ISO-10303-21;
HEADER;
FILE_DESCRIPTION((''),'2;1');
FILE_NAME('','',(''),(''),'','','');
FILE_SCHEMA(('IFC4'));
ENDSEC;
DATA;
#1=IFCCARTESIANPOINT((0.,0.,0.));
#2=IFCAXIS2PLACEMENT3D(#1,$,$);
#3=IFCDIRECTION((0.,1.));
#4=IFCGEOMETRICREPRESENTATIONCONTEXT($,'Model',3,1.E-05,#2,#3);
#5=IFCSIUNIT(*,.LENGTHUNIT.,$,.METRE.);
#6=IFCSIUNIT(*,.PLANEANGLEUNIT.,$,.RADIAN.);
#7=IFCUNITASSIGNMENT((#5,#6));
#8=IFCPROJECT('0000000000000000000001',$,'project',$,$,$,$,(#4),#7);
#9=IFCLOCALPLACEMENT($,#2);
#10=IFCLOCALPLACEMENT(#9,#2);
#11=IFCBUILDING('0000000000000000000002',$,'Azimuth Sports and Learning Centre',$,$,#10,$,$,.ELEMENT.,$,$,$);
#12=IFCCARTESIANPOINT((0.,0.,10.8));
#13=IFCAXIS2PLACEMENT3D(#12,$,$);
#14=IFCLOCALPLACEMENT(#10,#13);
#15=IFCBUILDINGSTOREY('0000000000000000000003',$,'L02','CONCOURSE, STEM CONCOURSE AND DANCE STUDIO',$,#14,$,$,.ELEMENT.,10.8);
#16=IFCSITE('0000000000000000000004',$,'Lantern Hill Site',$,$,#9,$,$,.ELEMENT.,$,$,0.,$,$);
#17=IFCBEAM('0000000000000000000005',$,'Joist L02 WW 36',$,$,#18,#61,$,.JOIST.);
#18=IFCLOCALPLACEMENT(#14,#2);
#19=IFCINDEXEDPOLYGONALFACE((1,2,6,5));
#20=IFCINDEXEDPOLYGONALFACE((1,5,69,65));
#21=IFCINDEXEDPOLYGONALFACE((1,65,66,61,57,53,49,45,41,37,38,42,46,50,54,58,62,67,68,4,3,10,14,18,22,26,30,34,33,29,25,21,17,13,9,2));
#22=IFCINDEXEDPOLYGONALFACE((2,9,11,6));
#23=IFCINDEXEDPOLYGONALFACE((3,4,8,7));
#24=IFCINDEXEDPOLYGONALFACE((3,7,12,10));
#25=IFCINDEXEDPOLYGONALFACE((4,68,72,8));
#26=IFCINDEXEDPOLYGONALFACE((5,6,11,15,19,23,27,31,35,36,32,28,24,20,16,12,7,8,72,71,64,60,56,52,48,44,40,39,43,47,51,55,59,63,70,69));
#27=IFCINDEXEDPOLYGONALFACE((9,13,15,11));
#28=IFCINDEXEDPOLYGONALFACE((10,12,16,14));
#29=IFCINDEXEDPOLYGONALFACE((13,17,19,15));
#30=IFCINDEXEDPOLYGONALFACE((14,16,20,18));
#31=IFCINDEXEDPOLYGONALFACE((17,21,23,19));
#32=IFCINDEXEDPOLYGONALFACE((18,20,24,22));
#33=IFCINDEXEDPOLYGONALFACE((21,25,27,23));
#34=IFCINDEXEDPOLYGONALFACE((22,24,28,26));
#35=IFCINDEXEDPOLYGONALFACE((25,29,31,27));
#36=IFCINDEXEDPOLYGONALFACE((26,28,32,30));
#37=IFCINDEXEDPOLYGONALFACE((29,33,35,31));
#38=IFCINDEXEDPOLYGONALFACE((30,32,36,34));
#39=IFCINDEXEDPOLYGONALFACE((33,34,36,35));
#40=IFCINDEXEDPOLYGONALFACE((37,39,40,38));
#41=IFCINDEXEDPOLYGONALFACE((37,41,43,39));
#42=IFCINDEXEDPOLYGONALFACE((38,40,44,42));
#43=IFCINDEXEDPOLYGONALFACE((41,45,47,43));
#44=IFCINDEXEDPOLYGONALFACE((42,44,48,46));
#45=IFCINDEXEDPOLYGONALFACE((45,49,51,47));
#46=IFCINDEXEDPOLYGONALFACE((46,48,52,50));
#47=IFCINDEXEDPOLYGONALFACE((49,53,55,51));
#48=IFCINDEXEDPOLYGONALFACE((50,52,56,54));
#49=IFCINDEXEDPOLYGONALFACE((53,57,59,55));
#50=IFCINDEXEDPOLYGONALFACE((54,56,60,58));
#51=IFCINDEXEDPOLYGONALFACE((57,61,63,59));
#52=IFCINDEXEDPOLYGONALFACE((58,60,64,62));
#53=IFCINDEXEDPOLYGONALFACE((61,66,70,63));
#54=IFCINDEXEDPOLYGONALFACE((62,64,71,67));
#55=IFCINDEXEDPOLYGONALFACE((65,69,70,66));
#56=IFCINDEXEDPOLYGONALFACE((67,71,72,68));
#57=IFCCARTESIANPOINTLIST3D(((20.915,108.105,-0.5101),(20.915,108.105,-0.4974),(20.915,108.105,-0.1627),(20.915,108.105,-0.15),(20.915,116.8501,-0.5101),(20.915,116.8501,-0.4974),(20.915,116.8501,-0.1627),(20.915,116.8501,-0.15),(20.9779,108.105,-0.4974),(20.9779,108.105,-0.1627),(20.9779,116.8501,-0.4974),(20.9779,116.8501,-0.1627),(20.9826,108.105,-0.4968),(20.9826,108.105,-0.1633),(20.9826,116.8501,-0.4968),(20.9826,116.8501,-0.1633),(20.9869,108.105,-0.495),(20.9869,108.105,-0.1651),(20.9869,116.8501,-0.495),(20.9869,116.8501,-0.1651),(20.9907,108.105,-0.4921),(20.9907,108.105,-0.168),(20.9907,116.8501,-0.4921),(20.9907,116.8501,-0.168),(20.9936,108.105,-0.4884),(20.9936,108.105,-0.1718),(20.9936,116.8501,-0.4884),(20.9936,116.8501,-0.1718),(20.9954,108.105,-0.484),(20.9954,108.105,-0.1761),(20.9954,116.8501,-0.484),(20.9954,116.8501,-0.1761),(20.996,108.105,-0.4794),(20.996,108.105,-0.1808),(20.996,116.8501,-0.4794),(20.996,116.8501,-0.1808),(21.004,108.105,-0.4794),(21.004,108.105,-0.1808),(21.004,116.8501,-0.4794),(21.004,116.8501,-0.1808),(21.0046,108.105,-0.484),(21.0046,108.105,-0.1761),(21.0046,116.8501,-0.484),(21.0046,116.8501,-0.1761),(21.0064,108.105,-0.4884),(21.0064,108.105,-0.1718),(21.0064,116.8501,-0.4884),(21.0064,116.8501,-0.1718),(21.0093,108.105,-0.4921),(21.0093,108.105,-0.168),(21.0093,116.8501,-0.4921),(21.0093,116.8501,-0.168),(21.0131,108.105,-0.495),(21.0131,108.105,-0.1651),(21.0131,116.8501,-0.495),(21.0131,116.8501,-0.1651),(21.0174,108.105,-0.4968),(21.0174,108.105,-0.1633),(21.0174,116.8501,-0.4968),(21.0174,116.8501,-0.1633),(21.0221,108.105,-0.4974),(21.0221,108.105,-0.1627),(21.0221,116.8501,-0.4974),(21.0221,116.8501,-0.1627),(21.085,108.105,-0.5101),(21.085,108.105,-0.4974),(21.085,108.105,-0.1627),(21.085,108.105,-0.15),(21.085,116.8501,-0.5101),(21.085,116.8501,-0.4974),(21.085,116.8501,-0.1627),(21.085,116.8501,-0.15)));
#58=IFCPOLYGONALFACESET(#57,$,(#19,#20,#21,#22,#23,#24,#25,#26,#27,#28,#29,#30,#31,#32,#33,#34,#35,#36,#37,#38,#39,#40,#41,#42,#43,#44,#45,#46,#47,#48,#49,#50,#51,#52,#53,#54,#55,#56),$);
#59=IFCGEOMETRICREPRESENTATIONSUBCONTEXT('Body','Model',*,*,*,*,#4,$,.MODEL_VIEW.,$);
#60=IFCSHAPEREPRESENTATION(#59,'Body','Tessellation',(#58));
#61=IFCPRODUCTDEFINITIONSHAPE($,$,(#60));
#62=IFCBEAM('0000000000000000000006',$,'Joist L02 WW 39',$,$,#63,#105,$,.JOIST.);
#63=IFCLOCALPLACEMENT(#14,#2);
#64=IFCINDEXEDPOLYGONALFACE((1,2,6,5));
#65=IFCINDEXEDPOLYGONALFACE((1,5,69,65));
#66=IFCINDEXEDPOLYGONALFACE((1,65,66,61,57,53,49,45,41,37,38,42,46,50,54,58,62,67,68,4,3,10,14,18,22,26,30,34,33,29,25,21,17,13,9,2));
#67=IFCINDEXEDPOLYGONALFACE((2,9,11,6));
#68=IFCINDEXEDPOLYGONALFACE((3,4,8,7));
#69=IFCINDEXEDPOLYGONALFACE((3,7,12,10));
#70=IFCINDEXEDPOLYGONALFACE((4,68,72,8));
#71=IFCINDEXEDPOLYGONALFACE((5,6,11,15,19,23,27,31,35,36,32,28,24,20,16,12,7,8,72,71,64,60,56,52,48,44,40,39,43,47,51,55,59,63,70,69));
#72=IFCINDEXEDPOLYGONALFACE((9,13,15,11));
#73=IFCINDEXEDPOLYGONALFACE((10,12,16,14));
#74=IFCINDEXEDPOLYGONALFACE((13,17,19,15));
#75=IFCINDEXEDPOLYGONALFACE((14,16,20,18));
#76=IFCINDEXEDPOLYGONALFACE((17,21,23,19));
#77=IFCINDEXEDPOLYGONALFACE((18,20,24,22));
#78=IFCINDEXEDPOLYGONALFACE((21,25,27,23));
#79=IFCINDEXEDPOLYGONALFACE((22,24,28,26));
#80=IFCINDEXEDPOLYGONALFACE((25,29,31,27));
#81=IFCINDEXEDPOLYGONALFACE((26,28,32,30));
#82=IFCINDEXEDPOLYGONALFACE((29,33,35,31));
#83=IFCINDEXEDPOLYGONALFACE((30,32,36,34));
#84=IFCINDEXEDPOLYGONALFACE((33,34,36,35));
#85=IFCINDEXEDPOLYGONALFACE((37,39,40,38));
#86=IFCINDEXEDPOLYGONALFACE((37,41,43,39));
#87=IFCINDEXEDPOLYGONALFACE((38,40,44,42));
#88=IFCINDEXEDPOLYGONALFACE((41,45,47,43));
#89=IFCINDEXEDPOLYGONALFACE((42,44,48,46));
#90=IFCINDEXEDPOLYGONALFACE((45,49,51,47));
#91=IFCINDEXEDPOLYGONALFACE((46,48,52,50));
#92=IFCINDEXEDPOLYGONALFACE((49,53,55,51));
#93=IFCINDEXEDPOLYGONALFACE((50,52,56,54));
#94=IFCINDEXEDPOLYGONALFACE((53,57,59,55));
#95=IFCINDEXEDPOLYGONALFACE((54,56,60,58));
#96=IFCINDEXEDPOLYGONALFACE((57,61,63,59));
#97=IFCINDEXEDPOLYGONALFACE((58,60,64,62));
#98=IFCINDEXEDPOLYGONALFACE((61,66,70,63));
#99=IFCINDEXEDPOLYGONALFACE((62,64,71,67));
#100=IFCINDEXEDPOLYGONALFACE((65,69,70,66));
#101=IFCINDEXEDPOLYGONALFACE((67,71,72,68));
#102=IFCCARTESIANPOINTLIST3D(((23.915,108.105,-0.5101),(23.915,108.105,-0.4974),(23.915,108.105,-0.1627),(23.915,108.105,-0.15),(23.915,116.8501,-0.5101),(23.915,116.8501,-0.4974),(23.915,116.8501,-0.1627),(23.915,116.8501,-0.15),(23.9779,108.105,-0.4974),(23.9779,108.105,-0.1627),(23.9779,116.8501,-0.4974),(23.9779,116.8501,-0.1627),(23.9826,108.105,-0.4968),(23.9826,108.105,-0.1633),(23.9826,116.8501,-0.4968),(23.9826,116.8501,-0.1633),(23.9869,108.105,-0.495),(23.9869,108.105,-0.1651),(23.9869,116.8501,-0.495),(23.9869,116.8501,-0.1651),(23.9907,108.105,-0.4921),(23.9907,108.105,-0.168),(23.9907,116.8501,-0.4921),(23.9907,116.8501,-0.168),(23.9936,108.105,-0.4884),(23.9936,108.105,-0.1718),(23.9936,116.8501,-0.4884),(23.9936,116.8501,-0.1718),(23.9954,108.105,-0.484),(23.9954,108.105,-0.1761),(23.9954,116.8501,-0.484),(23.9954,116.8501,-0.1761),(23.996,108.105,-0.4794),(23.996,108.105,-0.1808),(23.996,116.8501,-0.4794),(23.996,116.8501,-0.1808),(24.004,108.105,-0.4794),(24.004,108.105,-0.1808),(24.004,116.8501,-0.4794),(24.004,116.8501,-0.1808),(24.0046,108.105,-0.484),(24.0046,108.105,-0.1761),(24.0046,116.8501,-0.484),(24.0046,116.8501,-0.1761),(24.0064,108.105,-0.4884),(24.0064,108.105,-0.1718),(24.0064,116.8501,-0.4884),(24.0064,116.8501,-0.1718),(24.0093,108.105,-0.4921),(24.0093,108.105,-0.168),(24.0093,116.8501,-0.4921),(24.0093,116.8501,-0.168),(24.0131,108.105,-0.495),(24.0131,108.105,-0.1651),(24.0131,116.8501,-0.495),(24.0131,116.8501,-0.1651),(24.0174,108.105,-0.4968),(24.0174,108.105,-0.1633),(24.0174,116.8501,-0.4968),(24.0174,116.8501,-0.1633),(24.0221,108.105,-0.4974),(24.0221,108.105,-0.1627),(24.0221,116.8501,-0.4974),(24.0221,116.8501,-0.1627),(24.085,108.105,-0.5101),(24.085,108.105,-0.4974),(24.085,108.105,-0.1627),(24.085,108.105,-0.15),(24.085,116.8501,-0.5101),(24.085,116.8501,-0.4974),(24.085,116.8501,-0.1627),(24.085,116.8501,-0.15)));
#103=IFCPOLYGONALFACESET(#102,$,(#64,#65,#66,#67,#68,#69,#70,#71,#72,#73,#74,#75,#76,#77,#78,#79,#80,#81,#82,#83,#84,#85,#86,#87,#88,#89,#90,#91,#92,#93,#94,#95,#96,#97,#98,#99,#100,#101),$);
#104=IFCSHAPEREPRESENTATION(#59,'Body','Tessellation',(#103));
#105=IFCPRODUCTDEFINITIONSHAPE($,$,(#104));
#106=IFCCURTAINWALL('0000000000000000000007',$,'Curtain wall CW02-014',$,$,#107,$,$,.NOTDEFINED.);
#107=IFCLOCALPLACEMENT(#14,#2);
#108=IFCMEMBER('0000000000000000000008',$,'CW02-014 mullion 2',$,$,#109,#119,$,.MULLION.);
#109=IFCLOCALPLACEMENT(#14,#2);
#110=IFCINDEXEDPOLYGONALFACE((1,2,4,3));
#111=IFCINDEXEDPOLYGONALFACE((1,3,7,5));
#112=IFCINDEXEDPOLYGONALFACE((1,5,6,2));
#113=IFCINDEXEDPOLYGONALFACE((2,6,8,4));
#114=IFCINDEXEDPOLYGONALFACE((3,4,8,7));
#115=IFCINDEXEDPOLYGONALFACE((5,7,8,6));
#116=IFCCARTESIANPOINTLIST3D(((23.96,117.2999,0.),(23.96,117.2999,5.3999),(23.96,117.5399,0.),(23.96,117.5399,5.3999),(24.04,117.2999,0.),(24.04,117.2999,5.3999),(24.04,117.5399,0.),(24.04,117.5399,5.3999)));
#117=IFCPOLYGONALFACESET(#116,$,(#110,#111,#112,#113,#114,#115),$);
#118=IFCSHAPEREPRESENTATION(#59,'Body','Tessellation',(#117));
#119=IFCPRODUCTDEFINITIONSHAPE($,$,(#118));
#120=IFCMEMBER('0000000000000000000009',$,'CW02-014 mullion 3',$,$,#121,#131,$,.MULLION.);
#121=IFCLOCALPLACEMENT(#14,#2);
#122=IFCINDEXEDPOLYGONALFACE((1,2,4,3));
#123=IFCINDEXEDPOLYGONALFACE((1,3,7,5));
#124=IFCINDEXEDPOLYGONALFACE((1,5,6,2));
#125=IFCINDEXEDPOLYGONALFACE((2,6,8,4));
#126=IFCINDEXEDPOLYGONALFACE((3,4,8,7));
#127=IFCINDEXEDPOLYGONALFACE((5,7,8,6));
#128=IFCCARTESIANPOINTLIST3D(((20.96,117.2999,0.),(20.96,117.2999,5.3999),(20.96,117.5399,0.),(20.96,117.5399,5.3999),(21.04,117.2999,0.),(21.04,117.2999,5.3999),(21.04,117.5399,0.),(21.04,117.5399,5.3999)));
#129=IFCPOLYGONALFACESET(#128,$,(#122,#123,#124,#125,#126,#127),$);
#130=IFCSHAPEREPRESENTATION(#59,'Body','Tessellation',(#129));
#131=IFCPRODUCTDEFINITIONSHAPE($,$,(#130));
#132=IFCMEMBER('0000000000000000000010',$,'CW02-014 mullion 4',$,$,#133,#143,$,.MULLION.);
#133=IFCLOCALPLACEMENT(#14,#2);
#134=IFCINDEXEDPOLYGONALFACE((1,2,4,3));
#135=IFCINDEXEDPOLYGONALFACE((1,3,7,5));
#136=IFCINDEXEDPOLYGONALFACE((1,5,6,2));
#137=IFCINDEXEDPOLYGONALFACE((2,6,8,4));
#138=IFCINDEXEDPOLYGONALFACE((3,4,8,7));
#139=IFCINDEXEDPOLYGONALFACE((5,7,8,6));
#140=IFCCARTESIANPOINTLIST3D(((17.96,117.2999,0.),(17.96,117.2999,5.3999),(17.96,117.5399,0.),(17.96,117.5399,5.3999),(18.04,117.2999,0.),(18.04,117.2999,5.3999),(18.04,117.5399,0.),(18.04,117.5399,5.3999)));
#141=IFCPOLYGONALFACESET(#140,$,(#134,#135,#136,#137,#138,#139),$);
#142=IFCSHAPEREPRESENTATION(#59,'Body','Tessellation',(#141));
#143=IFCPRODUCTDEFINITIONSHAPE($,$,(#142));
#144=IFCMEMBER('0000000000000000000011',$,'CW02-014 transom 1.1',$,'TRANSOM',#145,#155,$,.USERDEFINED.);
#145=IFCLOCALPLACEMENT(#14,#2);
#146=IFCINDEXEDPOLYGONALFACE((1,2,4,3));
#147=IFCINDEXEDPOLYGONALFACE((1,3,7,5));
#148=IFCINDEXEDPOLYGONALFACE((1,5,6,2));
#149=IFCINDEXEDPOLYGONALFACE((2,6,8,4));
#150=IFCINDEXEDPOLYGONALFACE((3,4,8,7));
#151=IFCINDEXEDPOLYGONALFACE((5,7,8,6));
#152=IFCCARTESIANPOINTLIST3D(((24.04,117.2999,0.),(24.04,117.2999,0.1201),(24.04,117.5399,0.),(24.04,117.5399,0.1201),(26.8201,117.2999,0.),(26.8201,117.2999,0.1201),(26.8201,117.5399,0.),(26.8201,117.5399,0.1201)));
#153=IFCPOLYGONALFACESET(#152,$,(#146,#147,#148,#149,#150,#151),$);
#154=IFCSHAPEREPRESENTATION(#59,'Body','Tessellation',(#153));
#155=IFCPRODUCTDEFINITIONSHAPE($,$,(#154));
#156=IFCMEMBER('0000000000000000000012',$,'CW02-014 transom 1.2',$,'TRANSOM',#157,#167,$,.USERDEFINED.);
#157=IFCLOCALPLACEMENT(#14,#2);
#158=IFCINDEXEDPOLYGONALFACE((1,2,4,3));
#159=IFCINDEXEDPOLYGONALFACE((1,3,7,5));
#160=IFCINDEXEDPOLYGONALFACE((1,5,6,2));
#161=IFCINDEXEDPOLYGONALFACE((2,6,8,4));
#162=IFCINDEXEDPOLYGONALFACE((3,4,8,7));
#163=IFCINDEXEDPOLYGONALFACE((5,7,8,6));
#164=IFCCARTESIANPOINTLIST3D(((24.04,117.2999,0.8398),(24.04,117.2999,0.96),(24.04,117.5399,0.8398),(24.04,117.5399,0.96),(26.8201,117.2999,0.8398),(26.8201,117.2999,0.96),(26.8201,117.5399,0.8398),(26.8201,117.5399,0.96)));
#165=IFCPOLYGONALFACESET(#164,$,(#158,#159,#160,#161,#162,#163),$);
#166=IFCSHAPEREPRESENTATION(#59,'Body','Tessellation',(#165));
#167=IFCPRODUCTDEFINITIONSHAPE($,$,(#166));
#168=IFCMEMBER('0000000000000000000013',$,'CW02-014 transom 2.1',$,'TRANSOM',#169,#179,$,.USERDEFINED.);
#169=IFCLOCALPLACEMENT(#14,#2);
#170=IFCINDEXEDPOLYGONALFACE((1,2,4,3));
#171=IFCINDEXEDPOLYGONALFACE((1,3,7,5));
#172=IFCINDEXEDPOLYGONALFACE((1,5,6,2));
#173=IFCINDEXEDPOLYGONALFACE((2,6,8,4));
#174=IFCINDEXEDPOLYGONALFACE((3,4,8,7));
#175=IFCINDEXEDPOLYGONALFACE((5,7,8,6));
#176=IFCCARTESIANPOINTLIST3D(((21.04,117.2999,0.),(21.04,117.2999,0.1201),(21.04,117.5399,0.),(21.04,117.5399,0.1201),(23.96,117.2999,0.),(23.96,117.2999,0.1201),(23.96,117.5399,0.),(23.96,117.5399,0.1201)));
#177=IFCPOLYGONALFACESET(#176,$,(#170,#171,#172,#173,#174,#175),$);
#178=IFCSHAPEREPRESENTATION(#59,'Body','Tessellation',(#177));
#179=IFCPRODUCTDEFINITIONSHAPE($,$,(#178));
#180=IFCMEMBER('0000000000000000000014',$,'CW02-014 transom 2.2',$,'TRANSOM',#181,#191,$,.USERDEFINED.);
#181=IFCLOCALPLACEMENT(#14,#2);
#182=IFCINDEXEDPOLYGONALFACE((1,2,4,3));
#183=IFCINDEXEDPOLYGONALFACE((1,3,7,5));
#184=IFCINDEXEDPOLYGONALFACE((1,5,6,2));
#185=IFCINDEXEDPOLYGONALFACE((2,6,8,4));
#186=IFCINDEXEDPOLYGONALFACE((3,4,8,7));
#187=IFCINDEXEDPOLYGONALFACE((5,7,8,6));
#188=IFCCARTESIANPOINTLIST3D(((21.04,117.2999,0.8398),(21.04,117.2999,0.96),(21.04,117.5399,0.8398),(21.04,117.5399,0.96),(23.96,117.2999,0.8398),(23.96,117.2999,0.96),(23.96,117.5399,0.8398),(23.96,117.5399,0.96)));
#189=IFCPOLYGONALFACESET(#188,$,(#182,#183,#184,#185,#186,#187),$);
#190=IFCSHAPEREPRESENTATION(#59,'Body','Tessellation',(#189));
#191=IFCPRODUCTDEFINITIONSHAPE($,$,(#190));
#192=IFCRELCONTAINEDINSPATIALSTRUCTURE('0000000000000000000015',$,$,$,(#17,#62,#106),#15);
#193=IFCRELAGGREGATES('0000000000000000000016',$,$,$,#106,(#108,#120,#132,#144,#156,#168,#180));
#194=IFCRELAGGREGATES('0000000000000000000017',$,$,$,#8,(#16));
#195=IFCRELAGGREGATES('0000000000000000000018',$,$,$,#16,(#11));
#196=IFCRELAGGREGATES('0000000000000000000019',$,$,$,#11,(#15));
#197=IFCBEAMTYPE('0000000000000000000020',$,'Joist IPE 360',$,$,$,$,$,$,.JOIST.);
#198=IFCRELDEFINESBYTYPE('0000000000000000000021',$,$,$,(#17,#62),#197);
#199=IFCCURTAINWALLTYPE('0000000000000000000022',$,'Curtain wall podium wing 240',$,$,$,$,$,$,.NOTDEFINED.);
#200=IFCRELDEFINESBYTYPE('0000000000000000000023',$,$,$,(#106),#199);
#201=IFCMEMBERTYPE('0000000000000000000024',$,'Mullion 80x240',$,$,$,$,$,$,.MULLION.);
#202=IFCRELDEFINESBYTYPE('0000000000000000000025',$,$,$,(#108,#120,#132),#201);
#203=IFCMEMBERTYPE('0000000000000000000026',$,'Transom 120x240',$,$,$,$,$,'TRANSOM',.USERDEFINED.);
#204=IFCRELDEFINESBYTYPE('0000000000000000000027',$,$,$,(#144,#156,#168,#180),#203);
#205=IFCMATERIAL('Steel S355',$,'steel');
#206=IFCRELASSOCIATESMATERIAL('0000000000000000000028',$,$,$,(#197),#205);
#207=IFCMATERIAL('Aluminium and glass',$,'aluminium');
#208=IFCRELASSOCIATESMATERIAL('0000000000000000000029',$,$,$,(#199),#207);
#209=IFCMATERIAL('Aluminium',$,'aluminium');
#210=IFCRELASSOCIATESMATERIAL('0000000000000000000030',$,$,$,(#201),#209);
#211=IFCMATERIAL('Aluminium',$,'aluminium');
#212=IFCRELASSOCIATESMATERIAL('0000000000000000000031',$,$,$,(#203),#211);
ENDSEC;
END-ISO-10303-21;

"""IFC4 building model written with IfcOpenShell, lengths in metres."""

from ifc_helpers import new_model, si_unit, direction, frame, origin, origin_2d, place, context, subcontext, project, spatial, rectangle, i_section, extrude, material, material_profile, profile_set, type_object, element, aggregate, save


model = new_model("IFC4")

# Units and contexts
model_context = context("Model", 3, precision=1e-05, world=origin(), true_north=direction((0.0, 1.0)))
body_context = subcontext(model_context, "Body", "Model", "MODEL_VIEW")
ifc_project = project(units=[si_unit("LENGTHUNIT", "METRE"), si_unit("PLANEANGLEUNIT", "RADIAN")], contexts=[model_context])

# Site, building, storey
site_placement = place(None, origin())
site = spatial("IfcSite", under=ifc_project, at=site_placement, Name="Lantern Hill Site", CompositionType="ELEMENT", RefElevation=0.0)
building_placement = place(site_placement, origin())
building = spatial("IfcBuilding", under=site, at=building_placement, Name="Azimuth Sports and Learning Centre", CompositionType="ELEMENT")
storey_placement = place(building_placement, frame((0.0, 0.0, 10.8)))
storey = spatial("IfcBuildingStorey", under=building, at=storey_placement, Name="L02", Description="CONCOURSE, STEM CONCOURSE AND DANCE STUDIO", CompositionType="ELEMENT", Elevation=10.8)

# Beams
ifc_material_1 = material(Name="Steel S355", Category="steel")
ifc_material_profile_1 = material_profile(ifc_material_1, i_section(OverallWidth=0.1699, OverallDepth=0.3601, WebThickness=0.0081, FlangeThickness=0.0127, FilletRadius=0.0181, at=origin_2d()), Name="IPE 360")
ifc_profile_set_1 = profile_set([ifc_material_profile_1], Name="Steel S355")
beam_type_1 = type_object("IfcBeamType", Name="Joist IPE 360", PredefinedType="JOIST", material=ifc_profile_set_1)
for number, where, z_axis, x_axis, name in (
    (1, (21.0, 108.105, -0.3301), (0.0, 1.0, 0.0), (-1.0, 0.0, 0.0), "Joist L02 WW 36"),
    (2, (24.0, 108.105, -0.3301), (0.0, 1.0, 0.0), (-1.0, 0.0, 0.0), "Joist L02 WW 39"),
):
    element("IfcBeam", number, at=place(storey_placement, frame(where, z_axis=z_axis, x_axis=x_axis)), inside=storey, type_object=beam_type_1, Name=name, PredefinedType="JOIST", context=body_context, shape_type="SweptSolid", body=[
        extrude(i_section(OverallWidth=0.1699, OverallDepth=0.3601, WebThickness=0.0081, FlangeThickness=0.0127, FilletRadius=0.0181, at=origin_2d()), origin(), (0.0, 0.0, 1.0), 8.7451),
    ])

# Curtain wall, members
ifc_material_2 = material(Name="Aluminium and glass", Category="aluminium")
curtain_wall_type = type_object("IfcCurtainWallType", Name="Curtain wall podium wing 240", PredefinedType="NOTDEFINED", material=ifc_material_2)
curtain_wall_placement = place(storey_placement, origin())
curtain_wall = element("IfcCurtainWall", 3, at=curtain_wall_placement, inside=storey, type_object=curtain_wall_type, Name="Curtain wall CW02-014", PredefinedType="NOTDEFINED")
ifc_material_3 = material(Name="Aluminium", Category="aluminium")
ifc_material_profile_2 = material_profile(ifc_material_3, rectangle(XDim=0.24, YDim=0.0801, at=origin_2d()), Name="Mullion 80x240")
ifc_profile_set_2 = profile_set([ifc_material_profile_2], Name="Aluminium")
member_type_1 = type_object("IfcMemberType", Name="Mullion 80x240", PredefinedType="MULLION", material=ifc_profile_set_2)
member_1_placement = place(storey_placement, frame((24.0, 117.4199, 0.0), z_axis=(0.0, 0.0, 1.0), x_axis=(0.0, -1.0, 0.0)))
member_1 = element("IfcMember", 4, at=member_1_placement, type_object=member_type_1, Name="CW02-014 mullion 2", PredefinedType="MULLION", context=body_context, shape_type="SweptSolid", body=[
    extrude(rectangle(XDim=0.24, YDim=0.0801, at=origin_2d()), origin(), (0.0, 0.0, 1.0), 5.3999),
])
member_2_placement = place(storey_placement, frame((21.0, 117.4199, 0.0), z_axis=(0.0, 0.0, 1.0), x_axis=(0.0, -1.0, 0.0)))
member_2 = element("IfcMember", 5, at=member_2_placement, type_object=member_type_1, Name="CW02-014 mullion 3", PredefinedType="MULLION", context=body_context, shape_type="SweptSolid", body=[
    extrude(rectangle(XDim=0.24, YDim=0.0801, at=origin_2d()), origin(), (0.0, 0.0, 1.0), 5.3999),
])
member_3_placement = place(storey_placement, frame((18.0, 117.4199, 0.0), z_axis=(0.0, 0.0, 1.0), x_axis=(0.0, -1.0, 0.0)))
member_3 = element("IfcMember", 6, at=member_3_placement, type_object=member_type_1, Name="CW02-014 mullion 4", PredefinedType="MULLION", context=body_context, shape_type="SweptSolid", body=[
    extrude(rectangle(XDim=0.24, YDim=0.0801, at=origin_2d()), origin(), (0.0, 0.0, 1.0), 5.3999),
])
ifc_material_4 = material(Name="Aluminium", Category="aluminium")
ifc_material_profile_3 = material_profile(ifc_material_4, rectangle(XDim=0.24, YDim=0.1201, at=origin_2d()), Name="Transom 120x240")
ifc_profile_set_3 = profile_set([ifc_material_profile_3], Name="Aluminium")
member_type_2 = type_object("IfcMemberType", Name="Transom 120x240", ElementType="TRANSOM", PredefinedType="USERDEFINED", material=ifc_profile_set_3)
member_4_placement = place(storey_placement, frame((26.8201, 117.4199, 0.0601), z_axis=(-1.0, 0.0, 0.0), x_axis=(0.0, -1.0, 0.0)))
member_4 = element("IfcMember", 7, at=member_4_placement, type_object=member_type_2, Name="CW02-014 transom 1.1", ObjectType="TRANSOM", PredefinedType="USERDEFINED", context=body_context, shape_type="SweptSolid", body=[
    extrude(rectangle(XDim=0.24, YDim=0.1201, at=origin_2d()), origin(), (0.0, 0.0, 1.0), 2.78),
])
member_5_placement = place(storey_placement, frame((26.8201, 117.4199, 0.8999), z_axis=(-1.0, 0.0, 0.0), x_axis=(0.0, -1.0, 0.0)))
member_5 = element("IfcMember", 8, at=member_5_placement, type_object=member_type_2, Name="CW02-014 transom 1.2", ObjectType="TRANSOM", PredefinedType="USERDEFINED", context=body_context, shape_type="SweptSolid", body=[
    extrude(rectangle(XDim=0.24, YDim=0.1201, at=origin_2d()), origin(), (0.0, 0.0, 1.0), 2.78),
])
member_6_placement = place(storey_placement, frame((23.96, 117.4199, 0.0601), z_axis=(-1.0, 0.0, 0.0), x_axis=(0.0, -1.0, 0.0)))
member_6 = element("IfcMember", 9, at=member_6_placement, type_object=member_type_2, Name="CW02-014 transom 2.1", ObjectType="TRANSOM", PredefinedType="USERDEFINED", context=body_context, shape_type="SweptSolid", body=[
    extrude(rectangle(XDim=0.24, YDim=0.1201, at=origin_2d()), origin(), (0.0, 0.0, 1.0), 2.9199),
])
member_7_placement = place(storey_placement, frame((23.96, 117.4199, 0.8999), z_axis=(-1.0, 0.0, 0.0), x_axis=(0.0, -1.0, 0.0)))
member_7 = element("IfcMember", 10, at=member_7_placement, type_object=member_type_2, Name="CW02-014 transom 2.2", ObjectType="TRANSOM", PredefinedType="USERDEFINED", context=body_context, shape_type="SweptSolid", body=[
    extrude(rectangle(XDim=0.24, YDim=0.1201, at=origin_2d()), origin(), (0.0, 0.0, 1.0), 2.9199),
])
aggregate(curtain_wall, [member_1, member_2, member_3, member_4, member_5, member_6, member_7])

save(model, "model.ifc")
